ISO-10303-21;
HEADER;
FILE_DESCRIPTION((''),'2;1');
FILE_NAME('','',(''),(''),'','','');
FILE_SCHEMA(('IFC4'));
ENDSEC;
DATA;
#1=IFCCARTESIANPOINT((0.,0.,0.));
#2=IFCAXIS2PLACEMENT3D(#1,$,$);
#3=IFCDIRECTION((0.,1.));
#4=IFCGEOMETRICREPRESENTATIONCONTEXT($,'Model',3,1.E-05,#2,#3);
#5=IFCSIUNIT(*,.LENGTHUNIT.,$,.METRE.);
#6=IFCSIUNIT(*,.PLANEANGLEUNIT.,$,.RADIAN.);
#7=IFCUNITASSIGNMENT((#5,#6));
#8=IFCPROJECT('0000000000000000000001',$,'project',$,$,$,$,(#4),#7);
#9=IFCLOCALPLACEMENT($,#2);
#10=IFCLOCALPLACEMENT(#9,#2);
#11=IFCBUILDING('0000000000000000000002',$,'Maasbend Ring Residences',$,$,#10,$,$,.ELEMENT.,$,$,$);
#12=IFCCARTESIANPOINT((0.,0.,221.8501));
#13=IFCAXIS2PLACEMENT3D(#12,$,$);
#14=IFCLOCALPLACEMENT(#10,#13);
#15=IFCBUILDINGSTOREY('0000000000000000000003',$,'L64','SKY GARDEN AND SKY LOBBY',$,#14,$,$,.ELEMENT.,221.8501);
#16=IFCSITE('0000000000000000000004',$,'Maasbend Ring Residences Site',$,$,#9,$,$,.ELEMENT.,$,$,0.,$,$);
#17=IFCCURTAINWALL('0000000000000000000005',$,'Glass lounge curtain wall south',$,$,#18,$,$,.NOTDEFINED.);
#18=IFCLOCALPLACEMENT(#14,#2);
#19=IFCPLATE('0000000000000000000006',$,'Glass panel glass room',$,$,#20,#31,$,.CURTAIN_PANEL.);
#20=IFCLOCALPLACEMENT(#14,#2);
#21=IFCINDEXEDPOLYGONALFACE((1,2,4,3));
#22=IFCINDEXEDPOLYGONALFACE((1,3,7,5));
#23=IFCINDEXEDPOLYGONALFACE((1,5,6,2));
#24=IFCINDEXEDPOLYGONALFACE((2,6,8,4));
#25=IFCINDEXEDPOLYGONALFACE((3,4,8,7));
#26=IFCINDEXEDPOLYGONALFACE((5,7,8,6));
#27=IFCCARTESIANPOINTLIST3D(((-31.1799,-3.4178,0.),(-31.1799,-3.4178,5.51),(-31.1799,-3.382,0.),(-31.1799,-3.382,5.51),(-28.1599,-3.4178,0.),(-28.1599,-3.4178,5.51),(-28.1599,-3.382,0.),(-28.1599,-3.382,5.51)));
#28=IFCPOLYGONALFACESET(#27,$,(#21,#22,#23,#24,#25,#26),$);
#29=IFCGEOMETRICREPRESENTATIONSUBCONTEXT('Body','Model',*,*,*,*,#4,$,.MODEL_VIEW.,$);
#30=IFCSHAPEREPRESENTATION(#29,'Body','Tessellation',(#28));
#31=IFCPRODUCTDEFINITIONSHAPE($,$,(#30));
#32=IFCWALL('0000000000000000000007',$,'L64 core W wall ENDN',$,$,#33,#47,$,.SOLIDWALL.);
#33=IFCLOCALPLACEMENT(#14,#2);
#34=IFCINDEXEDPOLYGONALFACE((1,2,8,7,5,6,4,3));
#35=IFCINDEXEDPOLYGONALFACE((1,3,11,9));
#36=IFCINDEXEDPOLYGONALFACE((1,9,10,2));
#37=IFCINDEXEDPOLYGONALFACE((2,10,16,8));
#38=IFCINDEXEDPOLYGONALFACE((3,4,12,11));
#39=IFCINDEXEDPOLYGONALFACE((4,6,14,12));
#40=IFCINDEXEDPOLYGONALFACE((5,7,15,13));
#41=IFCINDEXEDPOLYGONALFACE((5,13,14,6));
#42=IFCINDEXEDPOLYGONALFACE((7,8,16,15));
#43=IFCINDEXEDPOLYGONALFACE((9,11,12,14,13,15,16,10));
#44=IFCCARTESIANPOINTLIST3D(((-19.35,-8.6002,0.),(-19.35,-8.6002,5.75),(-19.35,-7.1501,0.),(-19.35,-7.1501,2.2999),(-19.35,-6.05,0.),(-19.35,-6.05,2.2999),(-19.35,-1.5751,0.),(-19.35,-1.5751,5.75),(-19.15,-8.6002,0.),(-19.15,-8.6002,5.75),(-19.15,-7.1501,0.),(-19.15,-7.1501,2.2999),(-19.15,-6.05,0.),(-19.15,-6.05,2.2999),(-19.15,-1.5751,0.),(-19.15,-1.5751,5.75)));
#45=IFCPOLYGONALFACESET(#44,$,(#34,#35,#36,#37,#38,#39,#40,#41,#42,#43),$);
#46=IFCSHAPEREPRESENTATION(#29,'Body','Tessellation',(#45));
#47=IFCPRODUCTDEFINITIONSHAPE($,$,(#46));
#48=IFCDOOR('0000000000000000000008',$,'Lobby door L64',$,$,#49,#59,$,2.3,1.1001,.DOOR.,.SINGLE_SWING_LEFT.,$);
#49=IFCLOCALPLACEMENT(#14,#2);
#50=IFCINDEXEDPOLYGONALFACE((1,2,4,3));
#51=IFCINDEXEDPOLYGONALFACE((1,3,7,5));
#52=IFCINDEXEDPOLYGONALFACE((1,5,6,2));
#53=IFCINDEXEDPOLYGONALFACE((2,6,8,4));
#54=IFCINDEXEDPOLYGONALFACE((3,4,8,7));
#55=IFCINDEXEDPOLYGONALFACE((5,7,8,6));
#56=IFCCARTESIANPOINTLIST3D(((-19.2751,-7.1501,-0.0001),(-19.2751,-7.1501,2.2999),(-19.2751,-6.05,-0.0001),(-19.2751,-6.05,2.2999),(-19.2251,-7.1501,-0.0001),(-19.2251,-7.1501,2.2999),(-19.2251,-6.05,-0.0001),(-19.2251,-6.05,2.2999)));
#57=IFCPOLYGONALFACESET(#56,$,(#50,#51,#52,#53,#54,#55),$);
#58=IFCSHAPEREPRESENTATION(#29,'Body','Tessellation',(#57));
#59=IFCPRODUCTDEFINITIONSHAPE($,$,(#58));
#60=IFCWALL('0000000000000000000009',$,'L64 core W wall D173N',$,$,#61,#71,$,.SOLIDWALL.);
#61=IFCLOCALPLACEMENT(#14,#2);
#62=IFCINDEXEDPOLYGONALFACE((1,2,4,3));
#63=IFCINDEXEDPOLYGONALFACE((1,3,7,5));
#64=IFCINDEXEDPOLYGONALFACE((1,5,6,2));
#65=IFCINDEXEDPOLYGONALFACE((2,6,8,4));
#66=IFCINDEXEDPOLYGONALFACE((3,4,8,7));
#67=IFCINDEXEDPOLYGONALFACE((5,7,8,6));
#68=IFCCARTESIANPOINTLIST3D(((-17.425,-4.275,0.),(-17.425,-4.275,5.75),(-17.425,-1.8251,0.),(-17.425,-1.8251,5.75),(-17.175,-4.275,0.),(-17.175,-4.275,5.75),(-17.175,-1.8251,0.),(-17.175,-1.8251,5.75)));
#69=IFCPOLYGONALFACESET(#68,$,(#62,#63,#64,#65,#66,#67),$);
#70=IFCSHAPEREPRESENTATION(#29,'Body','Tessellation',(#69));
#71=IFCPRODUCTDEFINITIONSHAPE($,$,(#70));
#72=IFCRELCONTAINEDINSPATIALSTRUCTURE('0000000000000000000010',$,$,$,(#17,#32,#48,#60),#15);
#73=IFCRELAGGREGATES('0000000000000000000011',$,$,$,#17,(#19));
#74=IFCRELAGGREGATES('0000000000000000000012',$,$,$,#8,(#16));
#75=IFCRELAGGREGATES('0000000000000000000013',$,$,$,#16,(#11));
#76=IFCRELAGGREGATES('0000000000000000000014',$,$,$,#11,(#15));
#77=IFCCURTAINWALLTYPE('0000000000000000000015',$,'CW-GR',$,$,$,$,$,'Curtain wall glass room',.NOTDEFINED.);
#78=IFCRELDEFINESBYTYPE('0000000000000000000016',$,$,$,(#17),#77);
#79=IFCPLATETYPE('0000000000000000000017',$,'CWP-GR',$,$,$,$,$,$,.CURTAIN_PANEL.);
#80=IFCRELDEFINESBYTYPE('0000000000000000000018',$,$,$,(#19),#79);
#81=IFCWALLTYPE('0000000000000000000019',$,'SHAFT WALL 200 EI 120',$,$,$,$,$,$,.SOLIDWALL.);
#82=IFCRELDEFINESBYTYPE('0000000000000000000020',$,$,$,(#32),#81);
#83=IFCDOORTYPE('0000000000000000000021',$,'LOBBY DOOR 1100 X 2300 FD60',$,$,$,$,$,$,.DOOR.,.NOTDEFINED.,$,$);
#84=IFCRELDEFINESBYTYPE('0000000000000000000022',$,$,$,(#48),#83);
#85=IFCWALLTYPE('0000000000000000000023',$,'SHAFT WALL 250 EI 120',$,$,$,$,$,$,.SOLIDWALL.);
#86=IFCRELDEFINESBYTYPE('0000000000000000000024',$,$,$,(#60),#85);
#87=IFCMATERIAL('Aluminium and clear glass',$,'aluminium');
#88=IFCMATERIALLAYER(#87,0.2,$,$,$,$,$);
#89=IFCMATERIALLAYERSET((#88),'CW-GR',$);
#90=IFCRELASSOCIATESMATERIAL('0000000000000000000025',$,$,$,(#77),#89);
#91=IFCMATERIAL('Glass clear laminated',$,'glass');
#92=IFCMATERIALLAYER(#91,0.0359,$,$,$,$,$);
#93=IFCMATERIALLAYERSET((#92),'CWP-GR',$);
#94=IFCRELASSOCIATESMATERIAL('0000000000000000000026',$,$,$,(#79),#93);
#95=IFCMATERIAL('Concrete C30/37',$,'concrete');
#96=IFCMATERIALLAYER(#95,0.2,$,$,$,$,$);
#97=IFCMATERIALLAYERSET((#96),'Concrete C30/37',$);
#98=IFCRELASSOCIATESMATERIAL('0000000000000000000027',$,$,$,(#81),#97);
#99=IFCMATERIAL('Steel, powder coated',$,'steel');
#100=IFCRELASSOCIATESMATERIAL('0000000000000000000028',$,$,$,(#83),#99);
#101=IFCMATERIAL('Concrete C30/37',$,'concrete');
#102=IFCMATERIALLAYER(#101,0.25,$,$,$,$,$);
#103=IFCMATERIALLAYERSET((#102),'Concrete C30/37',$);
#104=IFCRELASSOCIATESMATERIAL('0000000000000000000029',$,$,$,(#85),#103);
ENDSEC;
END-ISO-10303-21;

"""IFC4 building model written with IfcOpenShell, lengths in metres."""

from ifc_helpers import new_model, si_unit, direction, frame, frame_2d, origin, origin_2d, place, context, subcontext, project, spatial, rectangle, extrude, material, layer, layer_set, type_object, element, fill, aggregate, save


model = new_model("IFC4")

# Units and contexts
model_context = context("Model", 3, precision=1e-05, world=origin(), true_north=direction((0.0, 1.0)))
body_context = subcontext(model_context, "Body", "Model", "MODEL_VIEW")
ifc_project = project(units=[si_unit("LENGTHUNIT", "METRE"), si_unit("PLANEANGLEUNIT", "RADIAN")], contexts=[model_context])

# Site, building, storey
site_placement = place(None, origin())
site = spatial("IfcSite", under=ifc_project, at=site_placement, Name="Maasbend Ring Residences Site", CompositionType="ELEMENT", RefElevation=0.0)
building_placement = place(site_placement, origin())
building = spatial("IfcBuilding", under=site, at=building_placement, Name="Maasbend Ring Residences", CompositionType="ELEMENT")
storey_placement = place(building_placement, frame((0.0, 0.0, 221.8501)))
storey = spatial("IfcBuildingStorey", under=building, at=storey_placement, Name="L64", Description="SKY GARDEN AND SKY LOBBY", CompositionType="ELEMENT", Elevation=221.8501)

# Shared definitions
ifc_material_1 = material(Name="Aluminium and clear glass", Category="aluminium")
ifc_layer_1 = layer(ifc_material_1, 0.2)
ifc_layer_set_1 = layer_set([ifc_layer_1], Name="CW-GR")
curtain_wall_type = type_object("IfcCurtainWallType", Name="CW-GR", ElementType="Curtain wall glass room", PredefinedType="NOTDEFINED", material=ifc_layer_set_1)

# Curtain wall
curtain_wall_1_placement = place(storey_placement, origin())
curtain_wall_1 = element("IfcCurtainWall", 1, at=curtain_wall_1_placement, inside=storey, type_object=curtain_wall_type, Name="Glass lounge curtain wall south", PredefinedType="NOTDEFINED")

# Plate
ifc_material_2 = material(Name="Glass clear laminated", Category="glass")
ifc_layer_2 = layer(ifc_material_2, 0.0359)
ifc_layer_set_2 = layer_set([ifc_layer_2], Name="CWP-GR")
plate_type = type_object("IfcPlateType", Name="CWP-GR", PredefinedType="CURTAIN_PANEL", material=ifc_layer_set_2)
plate_1_placement = place(storey_placement, frame((-29.6699, -3.3999, 0.0), z_axis=(0.0, 0.0, 1.0), x_axis=(-1.0, 0.0, 0.0)))
plate_1 = element("IfcPlate", 2, at=plate_1_placement, type_object=plate_type, Name="Glass panel glass room", PredefinedType="CURTAIN_PANEL", context=body_context, shape_type="SweptSolid", body=[
    extrude(rectangle(XDim=3.02, YDim=0.0359, at=origin_2d()), origin(), (0.0, 0.0, 1.0), 5.51),
])
aggregate(curtain_wall_1, [plate_1])

# Wall, opening, door
ifc_material_3 = material(Name="Concrete C30/37", Category="concrete")
ifc_layer_3 = layer(ifc_material_3, 0.2)
ifc_layer_set_3 = layer_set([ifc_layer_3], Name="Concrete C30/37")
wall_type_1 = type_object("IfcWallType", Name="SHAFT WALL 200 EI 120", PredefinedType="SOLIDWALL", material=ifc_layer_set_3)
wall_1_placement = place(storey_placement, frame((-19.25, -1.575, 0.0), z_axis=(0.0, 0.0, 1.0), x_axis=(0.0, -1.0, 0.0)))
wall_1 = element("IfcWall", 3, at=wall_1_placement, inside=storey, type_object=wall_type_1, Name="L64 core W wall ENDN", PredefinedType="SOLIDWALL", context=body_context, shape_type="SweptSolid", body=[
    extrude(rectangle(XDim=7.0251, YDim=0.2, at=frame_2d((3.5127, 0.0))), origin(), (0.0, 0.0, 1.0), 5.75),
])
opening_placement = place(wall_1_placement, frame((4.4751, 0.0, 0.0)))
opening = element("IfcOpeningElement", 4, at=opening_placement, cuts=wall_1, PredefinedType="OPENING", context=body_context, shape_type="SweptSolid", body=[
    extrude(rectangle(XDim=1.1001, YDim=2.3, at=frame_2d((0.55, 1.1499))), frame((0.0, 0.1099, 0.0), z_axis=(0.0, -1.0, 0.0), x_axis=(1.0, 0.0, 0.0)), (0.0, 0.0, 1.0), 0.22),
])
ifc_material_4 = material(Name="Steel, powder coated", Category="steel")
door_type = type_object("IfcDoorType", Name="LOBBY DOOR 1100 X 2300 FD60", OperationType="NOTDEFINED", PredefinedType="DOOR", material=ifc_material_4)
door_placement = place(opening_placement, origin())
door = element("IfcDoor", 5, at=door_placement, inside=storey, type_object=door_type, Name="Lobby door L64", OperationType="SINGLE_SWING_LEFT", OverallHeight=2.3, OverallWidth=1.1001, PredefinedType="DOOR", context=body_context, shape_type="SweptSolid", body=[
    extrude(rectangle(XDim=1.1001, YDim=2.3, at=frame_2d((0.55, 1.1499))), frame((0.0, 0.0249, 0.0), z_axis=(0.0, -1.0, 0.0), x_axis=(1.0, 0.0, 0.0)), (0.0, 0.0, 1.0), 0.05),
])
fill(opening, door)

# Wall
ifc_material_5 = material(Name="Concrete C30/37", Category="concrete")
ifc_layer_4 = layer(ifc_material_5, 0.25)
ifc_layer_set_4 = layer_set([ifc_layer_4], Name="Concrete C30/37")
wall_type_2 = type_object("IfcWallType", Name="SHAFT WALL 250 EI 120", PredefinedType="SOLIDWALL", material=ifc_layer_set_4)
wall_2_placement = place(storey_placement, frame((-17.3, -1.825, 0.0), z_axis=(0.0, 0.0, 1.0), x_axis=(0.0, -1.0, 0.0)))
element("IfcWall", 6, at=wall_2_placement, inside=storey, type_object=wall_type_2, Name="L64 core W wall D173N", PredefinedType="SOLIDWALL", context=body_context, shape_type="SweptSolid", body=[
    extrude(rectangle(XDim=2.45, YDim=0.25, at=frame_2d((1.2251, 0.0))), origin(), (0.0, 0.0, 1.0), 5.75),
])

save(model, "model.ifc")
